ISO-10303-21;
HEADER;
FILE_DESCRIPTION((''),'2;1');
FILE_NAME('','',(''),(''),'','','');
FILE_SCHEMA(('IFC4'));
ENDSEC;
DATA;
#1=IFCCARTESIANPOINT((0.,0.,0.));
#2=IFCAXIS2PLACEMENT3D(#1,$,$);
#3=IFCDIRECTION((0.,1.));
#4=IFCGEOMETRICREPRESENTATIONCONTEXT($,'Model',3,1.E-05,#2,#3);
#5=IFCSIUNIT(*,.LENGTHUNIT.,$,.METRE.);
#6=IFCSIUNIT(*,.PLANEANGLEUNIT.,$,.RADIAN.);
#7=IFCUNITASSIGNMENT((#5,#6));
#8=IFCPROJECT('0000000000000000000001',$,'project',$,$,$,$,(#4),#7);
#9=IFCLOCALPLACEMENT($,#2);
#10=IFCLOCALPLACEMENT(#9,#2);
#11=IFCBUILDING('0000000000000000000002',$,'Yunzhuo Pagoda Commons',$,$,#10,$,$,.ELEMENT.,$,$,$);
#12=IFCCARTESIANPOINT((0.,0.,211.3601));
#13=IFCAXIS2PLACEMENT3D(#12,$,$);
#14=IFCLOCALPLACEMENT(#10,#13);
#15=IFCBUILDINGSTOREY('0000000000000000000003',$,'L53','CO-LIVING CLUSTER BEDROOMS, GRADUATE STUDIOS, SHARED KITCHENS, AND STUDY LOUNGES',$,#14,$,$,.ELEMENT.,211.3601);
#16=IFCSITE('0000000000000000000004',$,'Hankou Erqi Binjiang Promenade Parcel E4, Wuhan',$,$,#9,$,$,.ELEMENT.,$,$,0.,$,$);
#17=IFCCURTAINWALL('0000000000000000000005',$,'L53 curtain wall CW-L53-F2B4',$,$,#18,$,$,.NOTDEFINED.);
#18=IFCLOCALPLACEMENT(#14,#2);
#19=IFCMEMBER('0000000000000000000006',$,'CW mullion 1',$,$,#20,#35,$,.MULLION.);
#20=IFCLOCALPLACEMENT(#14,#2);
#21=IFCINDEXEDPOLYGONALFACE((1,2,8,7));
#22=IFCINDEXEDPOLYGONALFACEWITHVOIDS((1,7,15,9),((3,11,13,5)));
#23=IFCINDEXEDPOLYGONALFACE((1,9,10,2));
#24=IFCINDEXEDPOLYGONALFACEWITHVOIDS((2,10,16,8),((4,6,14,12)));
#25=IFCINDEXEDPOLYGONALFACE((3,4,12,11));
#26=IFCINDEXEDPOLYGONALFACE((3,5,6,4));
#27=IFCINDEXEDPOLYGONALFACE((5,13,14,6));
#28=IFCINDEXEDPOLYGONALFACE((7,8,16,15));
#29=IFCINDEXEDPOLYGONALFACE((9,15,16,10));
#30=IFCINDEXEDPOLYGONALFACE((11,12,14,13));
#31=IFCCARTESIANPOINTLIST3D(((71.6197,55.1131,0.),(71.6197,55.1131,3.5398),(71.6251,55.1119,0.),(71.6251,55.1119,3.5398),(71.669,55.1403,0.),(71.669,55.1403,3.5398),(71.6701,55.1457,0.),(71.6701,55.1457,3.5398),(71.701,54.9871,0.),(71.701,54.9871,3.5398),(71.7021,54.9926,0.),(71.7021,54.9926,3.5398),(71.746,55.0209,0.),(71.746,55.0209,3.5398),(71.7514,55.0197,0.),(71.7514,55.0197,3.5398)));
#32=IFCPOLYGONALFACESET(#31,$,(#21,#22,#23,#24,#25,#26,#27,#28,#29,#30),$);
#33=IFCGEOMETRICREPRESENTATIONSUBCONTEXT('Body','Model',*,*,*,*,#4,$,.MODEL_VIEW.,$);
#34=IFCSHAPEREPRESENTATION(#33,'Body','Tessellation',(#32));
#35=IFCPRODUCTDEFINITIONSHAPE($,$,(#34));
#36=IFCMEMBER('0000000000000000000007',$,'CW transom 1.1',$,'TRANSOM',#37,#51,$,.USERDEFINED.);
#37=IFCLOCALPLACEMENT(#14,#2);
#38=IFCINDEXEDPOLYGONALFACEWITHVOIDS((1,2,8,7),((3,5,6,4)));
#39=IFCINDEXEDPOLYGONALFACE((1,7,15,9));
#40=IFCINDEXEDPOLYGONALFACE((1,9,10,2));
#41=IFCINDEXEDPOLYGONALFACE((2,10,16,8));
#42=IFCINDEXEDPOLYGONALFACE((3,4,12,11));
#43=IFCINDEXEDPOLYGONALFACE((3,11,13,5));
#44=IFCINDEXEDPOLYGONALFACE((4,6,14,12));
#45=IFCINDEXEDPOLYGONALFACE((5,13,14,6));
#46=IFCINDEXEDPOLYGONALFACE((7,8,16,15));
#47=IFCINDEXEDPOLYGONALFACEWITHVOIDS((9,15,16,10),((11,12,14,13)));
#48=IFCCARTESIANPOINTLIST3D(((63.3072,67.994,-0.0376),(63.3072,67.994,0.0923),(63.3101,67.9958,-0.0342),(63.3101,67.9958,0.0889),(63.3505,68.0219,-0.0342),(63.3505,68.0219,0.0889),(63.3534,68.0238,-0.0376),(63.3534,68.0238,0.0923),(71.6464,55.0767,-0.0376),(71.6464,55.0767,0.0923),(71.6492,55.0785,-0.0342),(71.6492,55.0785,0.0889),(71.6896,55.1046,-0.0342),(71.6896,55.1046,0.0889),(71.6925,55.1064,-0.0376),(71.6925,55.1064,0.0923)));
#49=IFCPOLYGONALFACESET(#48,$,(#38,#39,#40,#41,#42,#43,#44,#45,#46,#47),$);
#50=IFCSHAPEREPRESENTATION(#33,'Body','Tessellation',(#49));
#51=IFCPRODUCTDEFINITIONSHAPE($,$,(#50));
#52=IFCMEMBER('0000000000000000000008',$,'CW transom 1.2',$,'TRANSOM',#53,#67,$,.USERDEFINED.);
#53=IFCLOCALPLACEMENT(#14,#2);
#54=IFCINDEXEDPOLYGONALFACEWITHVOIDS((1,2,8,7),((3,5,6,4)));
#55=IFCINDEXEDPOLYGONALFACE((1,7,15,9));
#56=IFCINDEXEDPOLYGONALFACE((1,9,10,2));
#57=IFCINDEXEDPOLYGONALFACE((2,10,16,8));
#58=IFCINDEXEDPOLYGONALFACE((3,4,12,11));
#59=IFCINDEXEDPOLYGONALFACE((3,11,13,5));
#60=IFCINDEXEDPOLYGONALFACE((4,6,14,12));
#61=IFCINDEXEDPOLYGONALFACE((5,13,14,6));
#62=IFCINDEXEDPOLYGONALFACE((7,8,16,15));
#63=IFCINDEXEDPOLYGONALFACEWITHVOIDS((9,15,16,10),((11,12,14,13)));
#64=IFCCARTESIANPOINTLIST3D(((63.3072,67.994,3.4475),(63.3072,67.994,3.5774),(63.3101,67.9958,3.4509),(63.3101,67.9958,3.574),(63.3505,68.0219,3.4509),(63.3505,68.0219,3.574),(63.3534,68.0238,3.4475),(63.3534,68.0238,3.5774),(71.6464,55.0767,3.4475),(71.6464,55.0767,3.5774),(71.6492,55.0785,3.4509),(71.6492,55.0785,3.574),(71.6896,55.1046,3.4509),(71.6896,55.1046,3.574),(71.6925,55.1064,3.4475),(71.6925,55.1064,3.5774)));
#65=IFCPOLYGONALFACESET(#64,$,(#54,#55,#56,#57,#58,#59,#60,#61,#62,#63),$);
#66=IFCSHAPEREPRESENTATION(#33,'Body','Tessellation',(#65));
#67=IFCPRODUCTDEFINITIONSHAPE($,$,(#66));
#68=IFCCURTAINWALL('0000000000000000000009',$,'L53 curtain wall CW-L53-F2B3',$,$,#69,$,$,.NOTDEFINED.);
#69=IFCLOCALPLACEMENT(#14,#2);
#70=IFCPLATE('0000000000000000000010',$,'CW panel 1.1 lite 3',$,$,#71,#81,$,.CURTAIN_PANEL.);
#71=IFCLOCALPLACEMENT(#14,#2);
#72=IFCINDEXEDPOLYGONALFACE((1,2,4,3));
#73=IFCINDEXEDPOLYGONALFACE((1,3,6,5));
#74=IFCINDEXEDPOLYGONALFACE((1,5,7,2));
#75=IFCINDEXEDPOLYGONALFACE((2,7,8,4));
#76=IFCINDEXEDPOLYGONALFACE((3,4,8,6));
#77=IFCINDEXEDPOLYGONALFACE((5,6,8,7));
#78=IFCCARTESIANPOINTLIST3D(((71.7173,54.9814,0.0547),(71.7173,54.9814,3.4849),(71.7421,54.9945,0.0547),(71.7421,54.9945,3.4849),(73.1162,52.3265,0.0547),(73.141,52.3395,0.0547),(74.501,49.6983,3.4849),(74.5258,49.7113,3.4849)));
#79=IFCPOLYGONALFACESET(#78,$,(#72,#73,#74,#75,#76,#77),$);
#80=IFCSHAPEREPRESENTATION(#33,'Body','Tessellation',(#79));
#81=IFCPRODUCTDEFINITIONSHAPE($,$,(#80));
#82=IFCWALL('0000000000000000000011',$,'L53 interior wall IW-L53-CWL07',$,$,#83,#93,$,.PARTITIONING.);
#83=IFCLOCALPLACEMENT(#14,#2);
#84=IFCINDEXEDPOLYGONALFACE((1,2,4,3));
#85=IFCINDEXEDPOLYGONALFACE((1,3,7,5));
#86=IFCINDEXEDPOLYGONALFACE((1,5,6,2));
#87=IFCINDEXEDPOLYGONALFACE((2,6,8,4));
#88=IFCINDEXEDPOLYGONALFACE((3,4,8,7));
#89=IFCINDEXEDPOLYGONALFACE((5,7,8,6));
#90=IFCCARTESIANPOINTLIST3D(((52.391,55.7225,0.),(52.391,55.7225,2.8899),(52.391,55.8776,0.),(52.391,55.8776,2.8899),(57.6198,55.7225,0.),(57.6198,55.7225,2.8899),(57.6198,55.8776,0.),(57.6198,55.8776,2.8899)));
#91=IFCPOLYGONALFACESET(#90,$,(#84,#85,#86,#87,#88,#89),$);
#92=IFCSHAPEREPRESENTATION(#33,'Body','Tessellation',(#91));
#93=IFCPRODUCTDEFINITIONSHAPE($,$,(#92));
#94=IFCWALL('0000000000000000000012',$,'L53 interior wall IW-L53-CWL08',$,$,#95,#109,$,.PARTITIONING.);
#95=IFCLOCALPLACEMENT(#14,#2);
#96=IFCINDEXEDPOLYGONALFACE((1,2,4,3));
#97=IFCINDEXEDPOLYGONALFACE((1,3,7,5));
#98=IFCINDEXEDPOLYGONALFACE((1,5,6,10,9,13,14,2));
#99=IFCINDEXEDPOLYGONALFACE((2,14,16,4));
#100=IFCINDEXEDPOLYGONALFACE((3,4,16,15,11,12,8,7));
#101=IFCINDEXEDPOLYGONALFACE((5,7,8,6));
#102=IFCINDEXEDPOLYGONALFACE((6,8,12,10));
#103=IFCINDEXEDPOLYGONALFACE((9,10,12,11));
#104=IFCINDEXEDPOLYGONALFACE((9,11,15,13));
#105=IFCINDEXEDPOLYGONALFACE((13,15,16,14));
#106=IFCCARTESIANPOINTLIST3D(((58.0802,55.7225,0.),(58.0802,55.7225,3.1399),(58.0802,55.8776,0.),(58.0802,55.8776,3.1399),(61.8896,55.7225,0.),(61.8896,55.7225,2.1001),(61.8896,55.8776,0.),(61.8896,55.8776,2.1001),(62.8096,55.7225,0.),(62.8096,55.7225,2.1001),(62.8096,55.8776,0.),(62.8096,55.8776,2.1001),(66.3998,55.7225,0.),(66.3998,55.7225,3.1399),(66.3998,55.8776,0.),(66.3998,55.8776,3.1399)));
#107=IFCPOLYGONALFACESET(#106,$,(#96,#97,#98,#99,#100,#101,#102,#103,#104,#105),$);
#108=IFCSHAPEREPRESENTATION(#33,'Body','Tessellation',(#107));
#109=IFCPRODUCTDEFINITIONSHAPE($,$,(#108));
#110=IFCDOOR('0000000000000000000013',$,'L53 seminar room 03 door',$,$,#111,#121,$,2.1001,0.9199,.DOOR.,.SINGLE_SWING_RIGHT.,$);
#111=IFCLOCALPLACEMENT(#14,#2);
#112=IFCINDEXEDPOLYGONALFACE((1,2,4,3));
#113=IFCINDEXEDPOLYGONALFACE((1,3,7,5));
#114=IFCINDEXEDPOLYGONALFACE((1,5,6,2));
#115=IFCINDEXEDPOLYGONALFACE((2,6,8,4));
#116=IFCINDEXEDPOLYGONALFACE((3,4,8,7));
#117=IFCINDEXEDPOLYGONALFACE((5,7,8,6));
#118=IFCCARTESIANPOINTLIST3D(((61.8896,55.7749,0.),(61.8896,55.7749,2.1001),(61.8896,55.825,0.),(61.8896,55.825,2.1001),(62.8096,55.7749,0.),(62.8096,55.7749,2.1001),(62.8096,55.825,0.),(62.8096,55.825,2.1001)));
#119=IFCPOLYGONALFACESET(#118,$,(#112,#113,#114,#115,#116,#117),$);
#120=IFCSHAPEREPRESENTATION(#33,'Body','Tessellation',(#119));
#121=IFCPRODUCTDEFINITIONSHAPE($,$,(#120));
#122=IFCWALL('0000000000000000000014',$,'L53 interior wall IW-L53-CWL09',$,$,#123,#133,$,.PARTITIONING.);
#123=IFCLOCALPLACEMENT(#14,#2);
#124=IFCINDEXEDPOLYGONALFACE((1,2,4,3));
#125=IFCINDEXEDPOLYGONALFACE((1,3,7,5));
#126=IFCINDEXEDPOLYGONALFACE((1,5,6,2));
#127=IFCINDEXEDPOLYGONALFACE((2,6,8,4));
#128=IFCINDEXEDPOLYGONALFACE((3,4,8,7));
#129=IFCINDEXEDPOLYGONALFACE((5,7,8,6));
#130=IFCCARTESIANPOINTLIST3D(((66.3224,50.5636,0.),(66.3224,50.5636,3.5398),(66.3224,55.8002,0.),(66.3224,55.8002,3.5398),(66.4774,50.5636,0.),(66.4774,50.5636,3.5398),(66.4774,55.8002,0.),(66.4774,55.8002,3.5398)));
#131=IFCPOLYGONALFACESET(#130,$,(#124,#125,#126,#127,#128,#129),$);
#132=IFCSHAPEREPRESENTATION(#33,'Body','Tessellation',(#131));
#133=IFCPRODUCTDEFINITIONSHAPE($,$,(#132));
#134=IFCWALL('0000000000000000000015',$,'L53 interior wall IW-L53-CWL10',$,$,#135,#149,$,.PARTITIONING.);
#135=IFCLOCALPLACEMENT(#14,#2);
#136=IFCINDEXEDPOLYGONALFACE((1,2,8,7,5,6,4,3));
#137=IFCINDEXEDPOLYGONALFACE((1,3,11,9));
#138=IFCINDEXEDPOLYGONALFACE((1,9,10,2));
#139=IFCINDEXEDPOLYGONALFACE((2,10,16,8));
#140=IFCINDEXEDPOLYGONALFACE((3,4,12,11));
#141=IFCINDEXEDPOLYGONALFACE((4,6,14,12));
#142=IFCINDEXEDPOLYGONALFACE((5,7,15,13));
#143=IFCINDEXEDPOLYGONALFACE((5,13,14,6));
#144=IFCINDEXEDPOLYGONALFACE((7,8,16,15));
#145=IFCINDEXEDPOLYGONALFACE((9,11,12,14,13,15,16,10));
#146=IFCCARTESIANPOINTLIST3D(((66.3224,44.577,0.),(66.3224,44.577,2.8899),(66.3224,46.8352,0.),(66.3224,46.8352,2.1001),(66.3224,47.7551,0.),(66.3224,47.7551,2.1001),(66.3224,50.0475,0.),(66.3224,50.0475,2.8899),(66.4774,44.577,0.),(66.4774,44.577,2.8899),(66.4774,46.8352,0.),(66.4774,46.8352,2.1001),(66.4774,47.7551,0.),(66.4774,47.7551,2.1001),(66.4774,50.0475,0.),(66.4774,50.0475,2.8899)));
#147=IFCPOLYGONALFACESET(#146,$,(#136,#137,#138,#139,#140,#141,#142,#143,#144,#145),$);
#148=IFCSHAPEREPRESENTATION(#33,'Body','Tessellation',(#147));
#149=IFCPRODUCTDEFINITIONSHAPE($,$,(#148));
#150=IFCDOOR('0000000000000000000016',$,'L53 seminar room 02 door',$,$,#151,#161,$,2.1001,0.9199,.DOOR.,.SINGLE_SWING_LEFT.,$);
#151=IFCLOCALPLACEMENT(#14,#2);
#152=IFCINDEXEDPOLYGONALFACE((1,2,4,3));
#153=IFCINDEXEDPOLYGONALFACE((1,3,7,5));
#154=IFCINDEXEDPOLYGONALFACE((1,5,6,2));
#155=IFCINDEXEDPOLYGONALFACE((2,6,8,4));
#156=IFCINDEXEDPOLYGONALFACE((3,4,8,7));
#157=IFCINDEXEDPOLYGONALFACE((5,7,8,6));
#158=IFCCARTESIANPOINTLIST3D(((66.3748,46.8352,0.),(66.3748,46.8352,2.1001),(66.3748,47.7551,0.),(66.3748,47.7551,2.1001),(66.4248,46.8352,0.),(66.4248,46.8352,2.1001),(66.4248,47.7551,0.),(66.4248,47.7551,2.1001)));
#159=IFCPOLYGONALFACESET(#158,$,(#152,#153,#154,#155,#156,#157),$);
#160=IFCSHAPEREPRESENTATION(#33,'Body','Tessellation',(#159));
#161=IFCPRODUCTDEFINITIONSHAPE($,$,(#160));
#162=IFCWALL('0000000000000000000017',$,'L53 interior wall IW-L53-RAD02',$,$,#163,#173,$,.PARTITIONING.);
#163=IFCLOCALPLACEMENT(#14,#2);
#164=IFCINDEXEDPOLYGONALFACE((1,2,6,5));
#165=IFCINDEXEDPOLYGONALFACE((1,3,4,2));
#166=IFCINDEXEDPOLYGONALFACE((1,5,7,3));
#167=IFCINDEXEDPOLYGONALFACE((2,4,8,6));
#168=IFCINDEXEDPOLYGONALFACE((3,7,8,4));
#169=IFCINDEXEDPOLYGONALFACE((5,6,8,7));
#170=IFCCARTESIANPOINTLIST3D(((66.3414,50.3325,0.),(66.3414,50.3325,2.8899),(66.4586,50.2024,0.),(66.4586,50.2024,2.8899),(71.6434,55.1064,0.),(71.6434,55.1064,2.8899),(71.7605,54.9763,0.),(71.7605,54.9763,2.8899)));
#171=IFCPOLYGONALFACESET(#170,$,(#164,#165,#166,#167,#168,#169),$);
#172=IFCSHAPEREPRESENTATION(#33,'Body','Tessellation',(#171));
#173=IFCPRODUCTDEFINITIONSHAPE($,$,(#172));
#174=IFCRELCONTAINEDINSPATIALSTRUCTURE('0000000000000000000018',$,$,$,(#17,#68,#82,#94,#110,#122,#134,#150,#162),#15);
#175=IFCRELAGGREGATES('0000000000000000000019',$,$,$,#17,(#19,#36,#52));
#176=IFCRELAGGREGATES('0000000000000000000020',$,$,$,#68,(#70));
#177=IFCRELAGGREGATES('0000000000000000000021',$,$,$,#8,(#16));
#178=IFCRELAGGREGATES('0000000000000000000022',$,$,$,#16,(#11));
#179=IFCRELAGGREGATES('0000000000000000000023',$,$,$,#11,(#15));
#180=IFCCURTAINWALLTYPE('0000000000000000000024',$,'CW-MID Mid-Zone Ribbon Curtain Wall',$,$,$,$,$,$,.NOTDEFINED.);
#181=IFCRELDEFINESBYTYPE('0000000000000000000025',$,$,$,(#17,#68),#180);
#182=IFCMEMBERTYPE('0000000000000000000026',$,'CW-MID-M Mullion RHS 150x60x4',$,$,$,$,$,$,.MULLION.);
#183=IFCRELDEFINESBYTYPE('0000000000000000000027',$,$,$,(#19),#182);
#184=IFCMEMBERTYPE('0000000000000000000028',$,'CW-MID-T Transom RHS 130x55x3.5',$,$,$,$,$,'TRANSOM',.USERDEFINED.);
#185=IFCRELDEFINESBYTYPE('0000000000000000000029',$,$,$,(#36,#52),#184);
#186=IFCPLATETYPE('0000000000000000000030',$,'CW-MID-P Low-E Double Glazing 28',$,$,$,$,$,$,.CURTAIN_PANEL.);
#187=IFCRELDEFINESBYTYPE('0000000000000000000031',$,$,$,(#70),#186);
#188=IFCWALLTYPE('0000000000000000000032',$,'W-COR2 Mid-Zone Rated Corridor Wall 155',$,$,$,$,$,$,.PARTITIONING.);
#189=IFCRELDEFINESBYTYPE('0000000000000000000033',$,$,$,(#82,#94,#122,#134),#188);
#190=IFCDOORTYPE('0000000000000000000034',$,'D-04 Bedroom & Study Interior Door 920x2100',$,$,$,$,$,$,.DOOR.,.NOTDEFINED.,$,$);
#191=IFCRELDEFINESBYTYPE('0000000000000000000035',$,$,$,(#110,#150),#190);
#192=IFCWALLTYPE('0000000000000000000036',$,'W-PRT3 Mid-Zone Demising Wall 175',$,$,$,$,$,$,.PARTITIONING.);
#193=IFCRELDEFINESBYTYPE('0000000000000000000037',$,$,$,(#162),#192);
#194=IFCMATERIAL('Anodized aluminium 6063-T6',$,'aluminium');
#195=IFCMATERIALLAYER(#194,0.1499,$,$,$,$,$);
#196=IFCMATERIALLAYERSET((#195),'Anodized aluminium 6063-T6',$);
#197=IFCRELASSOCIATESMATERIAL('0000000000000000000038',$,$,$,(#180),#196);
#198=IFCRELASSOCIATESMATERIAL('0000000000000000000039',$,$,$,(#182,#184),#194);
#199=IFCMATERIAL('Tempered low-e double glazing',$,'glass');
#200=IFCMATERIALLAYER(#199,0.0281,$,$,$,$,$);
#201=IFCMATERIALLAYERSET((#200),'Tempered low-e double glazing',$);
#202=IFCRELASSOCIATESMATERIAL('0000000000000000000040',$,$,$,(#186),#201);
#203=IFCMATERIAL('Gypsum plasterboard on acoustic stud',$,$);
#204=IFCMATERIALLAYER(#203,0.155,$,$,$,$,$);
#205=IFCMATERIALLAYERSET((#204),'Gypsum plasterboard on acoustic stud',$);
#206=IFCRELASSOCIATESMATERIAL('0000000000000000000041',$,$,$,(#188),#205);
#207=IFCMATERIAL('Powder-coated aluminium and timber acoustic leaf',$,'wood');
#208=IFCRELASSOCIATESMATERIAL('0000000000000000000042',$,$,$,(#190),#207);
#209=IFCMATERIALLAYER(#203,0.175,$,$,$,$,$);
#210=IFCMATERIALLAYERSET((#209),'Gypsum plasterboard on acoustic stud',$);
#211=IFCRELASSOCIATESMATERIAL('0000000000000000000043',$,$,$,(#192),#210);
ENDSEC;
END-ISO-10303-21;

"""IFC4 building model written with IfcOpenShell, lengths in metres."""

from ifc_helpers import new_model, si_unit, direction, frame, frame_2d, origin, origin_with_axes, origin_2d, place, context, subcontext, project, spatial, polyline, rectangle, hollow_rectangle, outline, extrude, source, transform, mapped, material, layer, layer_set, material_profile, profile_set, type_object, element, fill, aggregate, save


model = new_model("IFC4")

# Units and contexts
model_context = context("Model", 3, precision=1e-05, world=origin(), true_north=direction((0.0, 1.0)))
body_context = subcontext(model_context, "Body", "Model", "MODEL_VIEW")
ifc_project = project(units=[si_unit("LENGTHUNIT", "METRE"), si_unit("PLANEANGLEUNIT", "RADIAN")], contexts=[model_context])

# Site, building, storey
site_placement = place(None, origin())
site = spatial("IfcSite", under=ifc_project, at=site_placement, Name="Hankou Erqi Binjiang Promenade Parcel E4, Wuhan", CompositionType="ELEMENT", RefElevation=0.0)
building_placement = place(site_placement, origin())
building = spatial("IfcBuilding", under=site, at=building_placement, Name="Yunzhuo Pagoda Commons", CompositionType="ELEMENT")
storey_placement = place(building_placement, frame((0.0, 0.0, 211.3601)))
storey = spatial("IfcBuildingStorey", under=building, at=storey_placement, Name="L53", Description="CO-LIVING CLUSTER BEDROOMS, GRADUATE STUDIOS, SHARED KITCHENS, AND STUDY LOUNGES", CompositionType="ELEMENT", Elevation=211.3601)

# Curtain wall, members
ifc_material_1 = material(Name="Anodized aluminium 6063-T6", Category="aluminium")
ifc_layer_1 = layer(ifc_material_1, 0.1499)
ifc_layer_set_1 = layer_set([ifc_layer_1], Name="Anodized aluminium 6063-T6")
curtain_wall_type = type_object("IfcCurtainWallType", Name="CW-MID Mid-Zone Ribbon Curtain Wall", PredefinedType="NOTDEFINED", material=ifc_layer_set_1)
curtain_wall_1_placement = place(storey_placement, origin())
curtain_wall_1 = element("IfcCurtainWall", 1, at=curtain_wall_1_placement, inside=storey, type_object=curtain_wall_type, Name="L53 curtain wall CW-L53-F2B4", PredefinedType="NOTDEFINED")
ifc_material_profile_1 = material_profile(ifc_material_1, hollow_rectangle(XDim=0.0601, YDim=0.1499, WallThickness=0.0039, at=origin_2d()), Name="Anodized aluminium 6063-T6")
ifc_profile_set_1 = profile_set([ifc_material_profile_1], Name="Anodized aluminium 6063-T6")
member_type_1 = type_object("IfcMemberType", Name="CW-MID-M Mullion RHS 150x60x4", PredefinedType="MULLION", material=ifc_profile_set_1)
shared_shape_1 = source(origin(), body_context, "Body", "SweptSolid", [
    extrude(hollow_rectangle(XDim=0.0601, YDim=0.1499, WallThickness=0.0039, at=origin_2d()), origin(), (0.0, 0.0, 1.0), 3.5398),
])
member_1_placement = place(storey_placement, frame((71.6855, 55.0664, 0.0), z_axis=(0.0, 0.0, 1.0), x_axis=(-0.840138, -0.542372, 0.0)))
member_1 = element("IfcMember", 2, at=member_1_placement, type_object=member_type_1, Name="CW mullion 1", PredefinedType="MULLION", context=body_context, shape_type="MappedRepresentation", body=[
    mapped(shared_shape_1, transform((0.0, 0.0, 0.0), scale=1.0)),
])
ifc_material_profile_2 = material_profile(ifc_material_1, hollow_rectangle(XDim=0.0549, YDim=0.1299, WallThickness=0.0034, at=origin_2d()), Name="Anodized aluminium 6063-T6")
ifc_profile_set_2 = profile_set([ifc_material_profile_2], Name="Anodized aluminium 6063-T6")
member_type_2 = type_object("IfcMemberType", Name="CW-MID-T Transom RHS 130x55x3.5", ElementType="TRANSOM", PredefinedType="USERDEFINED", material=ifc_profile_set_2)
shared_shape_2 = source(origin(), body_context, "Body", "SweptSolid", [
    extrude(hollow_rectangle(XDim=0.0549, YDim=0.1299, WallThickness=0.0034, at=origin_2d()), origin(), (0.0, 0.0, 1.0), 15.3752),
])
member_2_placement = place(storey_placement, frame((71.6694, 55.0916, 0.0273), z_axis=(-0.542375, 0.840136, 0.0), x_axis=(-0.840136, -0.542375, 0.0)))
member_2 = element("IfcMember", 3, at=member_2_placement, type_object=member_type_2, Name="CW transom 1.1", ObjectType="TRANSOM", PredefinedType="USERDEFINED", context=body_context, shape_type="MappedRepresentation", body=[
    mapped(shared_shape_2, transform((0.0, 0.0, 0.0), scale=1.0)),
])
member_3_placement = place(storey_placement, frame((71.6694, 55.0916, 3.5125), z_axis=(-0.542375, 0.840136, 0.0), x_axis=(-0.840136, -0.542375, 0.0)))
member_3 = element("IfcMember", 4, at=member_3_placement, type_object=member_type_2, Name="CW transom 1.2", ObjectType="TRANSOM", PredefinedType="USERDEFINED", context=body_context, shape_type="MappedRepresentation", body=[
    mapped(shared_shape_2, transform((0.0, 0.0, 0.0), scale=1.0)),
])
aggregate(curtain_wall_1, [member_1, member_2, member_3])

# Curtain wall, plate
curtain_wall_2_placement = place(storey_placement, origin())
curtain_wall_2 = element("IfcCurtainWall", 5, at=curtain_wall_2_placement, inside=storey, type_object=curtain_wall_type, Name="L53 curtain wall CW-L53-F2B3", PredefinedType="NOTDEFINED")
ifc_material_2 = material(Name="Tempered low-e double glazing", Category="glass")
ifc_layer_2 = layer(ifc_material_2, 0.0281)
ifc_layer_set_2 = layer_set([ifc_layer_2], Name="Tempered low-e double glazing")
plate_type = type_object("IfcPlateType", Name="CW-MID-P Low-E Double Glazing 28", PredefinedType="CURTAIN_PANEL", material=ifc_layer_set_2)
plate_placement = place(storey_placement, frame((73.1091, 52.3398, 1.7698), z_axis=(0.884705, 0.466152, 0.0), x_axis=(-0.466152, 0.884705, 0.0)))
plate = element("IfcPlate", 6, at=plate_placement, type_object=plate_type, Name="CW panel 1.1 lite 3", PredefinedType="CURTAIN_PANEL", context=body_context, shape_type="SweptSolid", body=[
    extrude(outline(polyline([(-2.9858, 1.7151), (-0.0151, -1.7151), (2.9858, -1.7151), (2.9858, 1.7151), (-2.9858, 1.7151)])), origin(), (0.0, 0.0, 1.0), 0.0281),
])
aggregate(curtain_wall_2, [plate])

# Wall
ifc_material_3 = material(Name="Gypsum plasterboard on acoustic stud")
ifc_layer_3 = layer(ifc_material_3, 0.155)
ifc_layer_set_3 = layer_set([ifc_layer_3], Name="Gypsum plasterboard on acoustic stud")
wall_type_1 = type_object("IfcWallType", Name="W-COR2 Mid-Zone Rated Corridor Wall 155", PredefinedType="PARTITIONING", material=ifc_layer_set_3)
wall_1_placement = place(storey_placement, frame((52.3911, 55.8, 0.0), z_axis=(0.0, 0.0, 1.0), x_axis=(1.0, 0.0, 0.0)))
element("IfcWall", 7, at=wall_1_placement, inside=storey, type_object=wall_type_1, Name="L53 interior wall IW-L53-CWL07", PredefinedType="PARTITIONING", context=body_context, shape_type="SweptSolid", body=[
    extrude(rectangle(XDim=5.2288, YDim=0.155, at=frame_2d((2.6143, 0.0))), origin(), (0.0, 0.0, 1.0), 2.8899),
])

# Wall, opening, door
wall_2_placement = place(storey_placement, frame((58.0803, 55.8, 0.0), z_axis=(0.0, 0.0, 1.0), x_axis=(1.0, 0.0, 0.0)))
wall_2 = element("IfcWall", 8, at=wall_2_placement, inside=storey, type_object=wall_type_1, Name="L53 interior wall IW-L53-CWL08", PredefinedType="PARTITIONING", context=body_context, shape_type="SweptSolid", body=[
    extrude(rectangle(XDim=8.3196, YDim=0.155, at=frame_2d((4.1597, 0.0))), origin(), (0.0, 0.0, 1.0), 3.1399),
])
opening_1_placement = place(wall_2_placement, frame((3.8093, 0.0, 0.0)))
opening_1 = element("IfcOpeningElement", 9, at=opening_1_placement, cuts=wall_2, PredefinedType="OPENING", context=body_context, shape_type="SweptSolid", body=[
    extrude(rectangle(XDim=0.9199, YDim=2.1001, at=frame_2d((0.46, 1.05))), frame((0.0, 0.0874, 0.0), z_axis=(0.0, -1.0, 0.0), x_axis=(1.0, 0.0, 0.0)), (0.0, 0.0, 1.0), 0.175),
])
ifc_material_4 = material(Name="Powder-coated aluminium and timber acoustic leaf", Category="wood")
door_type = type_object("IfcDoorType", Name="D-04 Bedroom & Study Interior Door 920x2100", OperationType="NOTDEFINED", PredefinedType="DOOR", material=ifc_material_4)
shared_shape_3 = source(origin(), body_context, "Body", "SweptSolid", [
    extrude(rectangle(XDim=0.9199, YDim=2.1001, at=frame_2d((0.46, 1.05))), frame((0.0, 0.0249, 0.0), z_axis=(0.0, -1.0, 0.0), x_axis=(1.0, 0.0, 0.0)), (0.0, 0.0, 1.0), 0.05),
])
door_1_placement = place(opening_1_placement, origin_with_axes())
door_1 = element("IfcDoor", 10, at=door_1_placement, inside=storey, type_object=door_type, Name="L53 seminar room 03 door", OperationType="SINGLE_SWING_RIGHT", OverallHeight=2.1001, OverallWidth=0.9199, PredefinedType="DOOR", context=body_context, shape_type="MappedRepresentation", body=[
    mapped(shared_shape_3, transform((0.0, 0.0, 0.0), scale=1.0)),
])
fill(opening_1, door_1)

# Wall
wall_3_placement = place(storey_placement, frame((66.3999, 55.8, 0.0), z_axis=(0.0, 0.0, 1.0), x_axis=(0.0, -1.0, 0.0)))
element("IfcWall", 11, at=wall_3_placement, inside=storey, type_object=wall_type_1, Name="L53 interior wall IW-L53-CWL09", PredefinedType="PARTITIONING", context=body_context, shape_type="SweptSolid", body=[
    extrude(rectangle(XDim=5.2366, YDim=0.155, at=frame_2d((2.6182, 0.0))), origin(), (0.0, 0.0, 1.0), 3.5398),
])

# Wall, opening, door
wall_4_placement = place(storey_placement, frame((66.3999, 50.0476, 0.0), z_axis=(0.0, 0.0, 1.0), x_axis=(0.0, -1.0, 0.0)))
wall_4 = element("IfcWall", 12, at=wall_4_placement, inside=storey, type_object=wall_type_1, Name="L53 interior wall IW-L53-CWL10", PredefinedType="PARTITIONING", context=body_context, shape_type="SweptSolid", body=[
    extrude(rectangle(XDim=5.4705, YDim=0.155, at=frame_2d((2.7354, 0.0))), origin(), (0.0, 0.0, 1.0), 2.8899),
])
opening_2_placement = place(wall_4_placement, frame((2.2925, 0.0, 0.0)))
opening_2 = element("IfcOpeningElement", 13, at=opening_2_placement, cuts=wall_4, PredefinedType="OPENING", context=body_context, shape_type="SweptSolid", body=[
    extrude(rectangle(XDim=0.9199, YDim=2.1001, at=frame_2d((0.46, 1.05))), frame((0.0, 0.0874, 0.0), z_axis=(0.0, -1.0, 0.0), x_axis=(1.0, 0.0, 0.0)), (0.0, 0.0, 1.0), 0.175),
])
door_2_placement = place(opening_2_placement, origin_with_axes())
door_2 = element("IfcDoor", 14, at=door_2_placement, inside=storey, type_object=door_type, Name="L53 seminar room 02 door", OperationType="SINGLE_SWING_LEFT", OverallHeight=2.1001, OverallWidth=0.9199, PredefinedType="DOOR", context=body_context, shape_type="MappedRepresentation", body=[
    mapped(shared_shape_3, transform((0.0, 0.0, 0.0), scale=1.0)),
])
fill(opening_2, door_2)

# Wall
ifc_layer_4 = layer(ifc_material_3, 0.175)
ifc_layer_set_4 = layer_set([ifc_layer_4], Name="Gypsum plasterboard on acoustic stud")
wall_type_2 = type_object("IfcWallType", Name="W-PRT3 Mid-Zone Demising Wall 175", PredefinedType="PARTITIONING", material=ifc_layer_set_4)
wall_5_placement = place(storey_placement, frame((66.3999, 50.2673, 0.0), z_axis=(0.0, 0.0, 1.0), x_axis=(0.743146, 0.669129, 0.0)))
element("IfcWall", 15, at=wall_5_placement, inside=storey, type_object=wall_type_2, Name="L53 interior wall IW-L53-RAD02", PredefinedType="PARTITIONING", context=body_context, shape_type="SweptSolid", body=[
    extrude(rectangle(XDim=7.1345, YDim=0.175, at=frame_2d((3.5674, 0.0))), origin(), (0.0, 0.0, 1.0), 2.8899),
])

save(model, "model.ifc")
